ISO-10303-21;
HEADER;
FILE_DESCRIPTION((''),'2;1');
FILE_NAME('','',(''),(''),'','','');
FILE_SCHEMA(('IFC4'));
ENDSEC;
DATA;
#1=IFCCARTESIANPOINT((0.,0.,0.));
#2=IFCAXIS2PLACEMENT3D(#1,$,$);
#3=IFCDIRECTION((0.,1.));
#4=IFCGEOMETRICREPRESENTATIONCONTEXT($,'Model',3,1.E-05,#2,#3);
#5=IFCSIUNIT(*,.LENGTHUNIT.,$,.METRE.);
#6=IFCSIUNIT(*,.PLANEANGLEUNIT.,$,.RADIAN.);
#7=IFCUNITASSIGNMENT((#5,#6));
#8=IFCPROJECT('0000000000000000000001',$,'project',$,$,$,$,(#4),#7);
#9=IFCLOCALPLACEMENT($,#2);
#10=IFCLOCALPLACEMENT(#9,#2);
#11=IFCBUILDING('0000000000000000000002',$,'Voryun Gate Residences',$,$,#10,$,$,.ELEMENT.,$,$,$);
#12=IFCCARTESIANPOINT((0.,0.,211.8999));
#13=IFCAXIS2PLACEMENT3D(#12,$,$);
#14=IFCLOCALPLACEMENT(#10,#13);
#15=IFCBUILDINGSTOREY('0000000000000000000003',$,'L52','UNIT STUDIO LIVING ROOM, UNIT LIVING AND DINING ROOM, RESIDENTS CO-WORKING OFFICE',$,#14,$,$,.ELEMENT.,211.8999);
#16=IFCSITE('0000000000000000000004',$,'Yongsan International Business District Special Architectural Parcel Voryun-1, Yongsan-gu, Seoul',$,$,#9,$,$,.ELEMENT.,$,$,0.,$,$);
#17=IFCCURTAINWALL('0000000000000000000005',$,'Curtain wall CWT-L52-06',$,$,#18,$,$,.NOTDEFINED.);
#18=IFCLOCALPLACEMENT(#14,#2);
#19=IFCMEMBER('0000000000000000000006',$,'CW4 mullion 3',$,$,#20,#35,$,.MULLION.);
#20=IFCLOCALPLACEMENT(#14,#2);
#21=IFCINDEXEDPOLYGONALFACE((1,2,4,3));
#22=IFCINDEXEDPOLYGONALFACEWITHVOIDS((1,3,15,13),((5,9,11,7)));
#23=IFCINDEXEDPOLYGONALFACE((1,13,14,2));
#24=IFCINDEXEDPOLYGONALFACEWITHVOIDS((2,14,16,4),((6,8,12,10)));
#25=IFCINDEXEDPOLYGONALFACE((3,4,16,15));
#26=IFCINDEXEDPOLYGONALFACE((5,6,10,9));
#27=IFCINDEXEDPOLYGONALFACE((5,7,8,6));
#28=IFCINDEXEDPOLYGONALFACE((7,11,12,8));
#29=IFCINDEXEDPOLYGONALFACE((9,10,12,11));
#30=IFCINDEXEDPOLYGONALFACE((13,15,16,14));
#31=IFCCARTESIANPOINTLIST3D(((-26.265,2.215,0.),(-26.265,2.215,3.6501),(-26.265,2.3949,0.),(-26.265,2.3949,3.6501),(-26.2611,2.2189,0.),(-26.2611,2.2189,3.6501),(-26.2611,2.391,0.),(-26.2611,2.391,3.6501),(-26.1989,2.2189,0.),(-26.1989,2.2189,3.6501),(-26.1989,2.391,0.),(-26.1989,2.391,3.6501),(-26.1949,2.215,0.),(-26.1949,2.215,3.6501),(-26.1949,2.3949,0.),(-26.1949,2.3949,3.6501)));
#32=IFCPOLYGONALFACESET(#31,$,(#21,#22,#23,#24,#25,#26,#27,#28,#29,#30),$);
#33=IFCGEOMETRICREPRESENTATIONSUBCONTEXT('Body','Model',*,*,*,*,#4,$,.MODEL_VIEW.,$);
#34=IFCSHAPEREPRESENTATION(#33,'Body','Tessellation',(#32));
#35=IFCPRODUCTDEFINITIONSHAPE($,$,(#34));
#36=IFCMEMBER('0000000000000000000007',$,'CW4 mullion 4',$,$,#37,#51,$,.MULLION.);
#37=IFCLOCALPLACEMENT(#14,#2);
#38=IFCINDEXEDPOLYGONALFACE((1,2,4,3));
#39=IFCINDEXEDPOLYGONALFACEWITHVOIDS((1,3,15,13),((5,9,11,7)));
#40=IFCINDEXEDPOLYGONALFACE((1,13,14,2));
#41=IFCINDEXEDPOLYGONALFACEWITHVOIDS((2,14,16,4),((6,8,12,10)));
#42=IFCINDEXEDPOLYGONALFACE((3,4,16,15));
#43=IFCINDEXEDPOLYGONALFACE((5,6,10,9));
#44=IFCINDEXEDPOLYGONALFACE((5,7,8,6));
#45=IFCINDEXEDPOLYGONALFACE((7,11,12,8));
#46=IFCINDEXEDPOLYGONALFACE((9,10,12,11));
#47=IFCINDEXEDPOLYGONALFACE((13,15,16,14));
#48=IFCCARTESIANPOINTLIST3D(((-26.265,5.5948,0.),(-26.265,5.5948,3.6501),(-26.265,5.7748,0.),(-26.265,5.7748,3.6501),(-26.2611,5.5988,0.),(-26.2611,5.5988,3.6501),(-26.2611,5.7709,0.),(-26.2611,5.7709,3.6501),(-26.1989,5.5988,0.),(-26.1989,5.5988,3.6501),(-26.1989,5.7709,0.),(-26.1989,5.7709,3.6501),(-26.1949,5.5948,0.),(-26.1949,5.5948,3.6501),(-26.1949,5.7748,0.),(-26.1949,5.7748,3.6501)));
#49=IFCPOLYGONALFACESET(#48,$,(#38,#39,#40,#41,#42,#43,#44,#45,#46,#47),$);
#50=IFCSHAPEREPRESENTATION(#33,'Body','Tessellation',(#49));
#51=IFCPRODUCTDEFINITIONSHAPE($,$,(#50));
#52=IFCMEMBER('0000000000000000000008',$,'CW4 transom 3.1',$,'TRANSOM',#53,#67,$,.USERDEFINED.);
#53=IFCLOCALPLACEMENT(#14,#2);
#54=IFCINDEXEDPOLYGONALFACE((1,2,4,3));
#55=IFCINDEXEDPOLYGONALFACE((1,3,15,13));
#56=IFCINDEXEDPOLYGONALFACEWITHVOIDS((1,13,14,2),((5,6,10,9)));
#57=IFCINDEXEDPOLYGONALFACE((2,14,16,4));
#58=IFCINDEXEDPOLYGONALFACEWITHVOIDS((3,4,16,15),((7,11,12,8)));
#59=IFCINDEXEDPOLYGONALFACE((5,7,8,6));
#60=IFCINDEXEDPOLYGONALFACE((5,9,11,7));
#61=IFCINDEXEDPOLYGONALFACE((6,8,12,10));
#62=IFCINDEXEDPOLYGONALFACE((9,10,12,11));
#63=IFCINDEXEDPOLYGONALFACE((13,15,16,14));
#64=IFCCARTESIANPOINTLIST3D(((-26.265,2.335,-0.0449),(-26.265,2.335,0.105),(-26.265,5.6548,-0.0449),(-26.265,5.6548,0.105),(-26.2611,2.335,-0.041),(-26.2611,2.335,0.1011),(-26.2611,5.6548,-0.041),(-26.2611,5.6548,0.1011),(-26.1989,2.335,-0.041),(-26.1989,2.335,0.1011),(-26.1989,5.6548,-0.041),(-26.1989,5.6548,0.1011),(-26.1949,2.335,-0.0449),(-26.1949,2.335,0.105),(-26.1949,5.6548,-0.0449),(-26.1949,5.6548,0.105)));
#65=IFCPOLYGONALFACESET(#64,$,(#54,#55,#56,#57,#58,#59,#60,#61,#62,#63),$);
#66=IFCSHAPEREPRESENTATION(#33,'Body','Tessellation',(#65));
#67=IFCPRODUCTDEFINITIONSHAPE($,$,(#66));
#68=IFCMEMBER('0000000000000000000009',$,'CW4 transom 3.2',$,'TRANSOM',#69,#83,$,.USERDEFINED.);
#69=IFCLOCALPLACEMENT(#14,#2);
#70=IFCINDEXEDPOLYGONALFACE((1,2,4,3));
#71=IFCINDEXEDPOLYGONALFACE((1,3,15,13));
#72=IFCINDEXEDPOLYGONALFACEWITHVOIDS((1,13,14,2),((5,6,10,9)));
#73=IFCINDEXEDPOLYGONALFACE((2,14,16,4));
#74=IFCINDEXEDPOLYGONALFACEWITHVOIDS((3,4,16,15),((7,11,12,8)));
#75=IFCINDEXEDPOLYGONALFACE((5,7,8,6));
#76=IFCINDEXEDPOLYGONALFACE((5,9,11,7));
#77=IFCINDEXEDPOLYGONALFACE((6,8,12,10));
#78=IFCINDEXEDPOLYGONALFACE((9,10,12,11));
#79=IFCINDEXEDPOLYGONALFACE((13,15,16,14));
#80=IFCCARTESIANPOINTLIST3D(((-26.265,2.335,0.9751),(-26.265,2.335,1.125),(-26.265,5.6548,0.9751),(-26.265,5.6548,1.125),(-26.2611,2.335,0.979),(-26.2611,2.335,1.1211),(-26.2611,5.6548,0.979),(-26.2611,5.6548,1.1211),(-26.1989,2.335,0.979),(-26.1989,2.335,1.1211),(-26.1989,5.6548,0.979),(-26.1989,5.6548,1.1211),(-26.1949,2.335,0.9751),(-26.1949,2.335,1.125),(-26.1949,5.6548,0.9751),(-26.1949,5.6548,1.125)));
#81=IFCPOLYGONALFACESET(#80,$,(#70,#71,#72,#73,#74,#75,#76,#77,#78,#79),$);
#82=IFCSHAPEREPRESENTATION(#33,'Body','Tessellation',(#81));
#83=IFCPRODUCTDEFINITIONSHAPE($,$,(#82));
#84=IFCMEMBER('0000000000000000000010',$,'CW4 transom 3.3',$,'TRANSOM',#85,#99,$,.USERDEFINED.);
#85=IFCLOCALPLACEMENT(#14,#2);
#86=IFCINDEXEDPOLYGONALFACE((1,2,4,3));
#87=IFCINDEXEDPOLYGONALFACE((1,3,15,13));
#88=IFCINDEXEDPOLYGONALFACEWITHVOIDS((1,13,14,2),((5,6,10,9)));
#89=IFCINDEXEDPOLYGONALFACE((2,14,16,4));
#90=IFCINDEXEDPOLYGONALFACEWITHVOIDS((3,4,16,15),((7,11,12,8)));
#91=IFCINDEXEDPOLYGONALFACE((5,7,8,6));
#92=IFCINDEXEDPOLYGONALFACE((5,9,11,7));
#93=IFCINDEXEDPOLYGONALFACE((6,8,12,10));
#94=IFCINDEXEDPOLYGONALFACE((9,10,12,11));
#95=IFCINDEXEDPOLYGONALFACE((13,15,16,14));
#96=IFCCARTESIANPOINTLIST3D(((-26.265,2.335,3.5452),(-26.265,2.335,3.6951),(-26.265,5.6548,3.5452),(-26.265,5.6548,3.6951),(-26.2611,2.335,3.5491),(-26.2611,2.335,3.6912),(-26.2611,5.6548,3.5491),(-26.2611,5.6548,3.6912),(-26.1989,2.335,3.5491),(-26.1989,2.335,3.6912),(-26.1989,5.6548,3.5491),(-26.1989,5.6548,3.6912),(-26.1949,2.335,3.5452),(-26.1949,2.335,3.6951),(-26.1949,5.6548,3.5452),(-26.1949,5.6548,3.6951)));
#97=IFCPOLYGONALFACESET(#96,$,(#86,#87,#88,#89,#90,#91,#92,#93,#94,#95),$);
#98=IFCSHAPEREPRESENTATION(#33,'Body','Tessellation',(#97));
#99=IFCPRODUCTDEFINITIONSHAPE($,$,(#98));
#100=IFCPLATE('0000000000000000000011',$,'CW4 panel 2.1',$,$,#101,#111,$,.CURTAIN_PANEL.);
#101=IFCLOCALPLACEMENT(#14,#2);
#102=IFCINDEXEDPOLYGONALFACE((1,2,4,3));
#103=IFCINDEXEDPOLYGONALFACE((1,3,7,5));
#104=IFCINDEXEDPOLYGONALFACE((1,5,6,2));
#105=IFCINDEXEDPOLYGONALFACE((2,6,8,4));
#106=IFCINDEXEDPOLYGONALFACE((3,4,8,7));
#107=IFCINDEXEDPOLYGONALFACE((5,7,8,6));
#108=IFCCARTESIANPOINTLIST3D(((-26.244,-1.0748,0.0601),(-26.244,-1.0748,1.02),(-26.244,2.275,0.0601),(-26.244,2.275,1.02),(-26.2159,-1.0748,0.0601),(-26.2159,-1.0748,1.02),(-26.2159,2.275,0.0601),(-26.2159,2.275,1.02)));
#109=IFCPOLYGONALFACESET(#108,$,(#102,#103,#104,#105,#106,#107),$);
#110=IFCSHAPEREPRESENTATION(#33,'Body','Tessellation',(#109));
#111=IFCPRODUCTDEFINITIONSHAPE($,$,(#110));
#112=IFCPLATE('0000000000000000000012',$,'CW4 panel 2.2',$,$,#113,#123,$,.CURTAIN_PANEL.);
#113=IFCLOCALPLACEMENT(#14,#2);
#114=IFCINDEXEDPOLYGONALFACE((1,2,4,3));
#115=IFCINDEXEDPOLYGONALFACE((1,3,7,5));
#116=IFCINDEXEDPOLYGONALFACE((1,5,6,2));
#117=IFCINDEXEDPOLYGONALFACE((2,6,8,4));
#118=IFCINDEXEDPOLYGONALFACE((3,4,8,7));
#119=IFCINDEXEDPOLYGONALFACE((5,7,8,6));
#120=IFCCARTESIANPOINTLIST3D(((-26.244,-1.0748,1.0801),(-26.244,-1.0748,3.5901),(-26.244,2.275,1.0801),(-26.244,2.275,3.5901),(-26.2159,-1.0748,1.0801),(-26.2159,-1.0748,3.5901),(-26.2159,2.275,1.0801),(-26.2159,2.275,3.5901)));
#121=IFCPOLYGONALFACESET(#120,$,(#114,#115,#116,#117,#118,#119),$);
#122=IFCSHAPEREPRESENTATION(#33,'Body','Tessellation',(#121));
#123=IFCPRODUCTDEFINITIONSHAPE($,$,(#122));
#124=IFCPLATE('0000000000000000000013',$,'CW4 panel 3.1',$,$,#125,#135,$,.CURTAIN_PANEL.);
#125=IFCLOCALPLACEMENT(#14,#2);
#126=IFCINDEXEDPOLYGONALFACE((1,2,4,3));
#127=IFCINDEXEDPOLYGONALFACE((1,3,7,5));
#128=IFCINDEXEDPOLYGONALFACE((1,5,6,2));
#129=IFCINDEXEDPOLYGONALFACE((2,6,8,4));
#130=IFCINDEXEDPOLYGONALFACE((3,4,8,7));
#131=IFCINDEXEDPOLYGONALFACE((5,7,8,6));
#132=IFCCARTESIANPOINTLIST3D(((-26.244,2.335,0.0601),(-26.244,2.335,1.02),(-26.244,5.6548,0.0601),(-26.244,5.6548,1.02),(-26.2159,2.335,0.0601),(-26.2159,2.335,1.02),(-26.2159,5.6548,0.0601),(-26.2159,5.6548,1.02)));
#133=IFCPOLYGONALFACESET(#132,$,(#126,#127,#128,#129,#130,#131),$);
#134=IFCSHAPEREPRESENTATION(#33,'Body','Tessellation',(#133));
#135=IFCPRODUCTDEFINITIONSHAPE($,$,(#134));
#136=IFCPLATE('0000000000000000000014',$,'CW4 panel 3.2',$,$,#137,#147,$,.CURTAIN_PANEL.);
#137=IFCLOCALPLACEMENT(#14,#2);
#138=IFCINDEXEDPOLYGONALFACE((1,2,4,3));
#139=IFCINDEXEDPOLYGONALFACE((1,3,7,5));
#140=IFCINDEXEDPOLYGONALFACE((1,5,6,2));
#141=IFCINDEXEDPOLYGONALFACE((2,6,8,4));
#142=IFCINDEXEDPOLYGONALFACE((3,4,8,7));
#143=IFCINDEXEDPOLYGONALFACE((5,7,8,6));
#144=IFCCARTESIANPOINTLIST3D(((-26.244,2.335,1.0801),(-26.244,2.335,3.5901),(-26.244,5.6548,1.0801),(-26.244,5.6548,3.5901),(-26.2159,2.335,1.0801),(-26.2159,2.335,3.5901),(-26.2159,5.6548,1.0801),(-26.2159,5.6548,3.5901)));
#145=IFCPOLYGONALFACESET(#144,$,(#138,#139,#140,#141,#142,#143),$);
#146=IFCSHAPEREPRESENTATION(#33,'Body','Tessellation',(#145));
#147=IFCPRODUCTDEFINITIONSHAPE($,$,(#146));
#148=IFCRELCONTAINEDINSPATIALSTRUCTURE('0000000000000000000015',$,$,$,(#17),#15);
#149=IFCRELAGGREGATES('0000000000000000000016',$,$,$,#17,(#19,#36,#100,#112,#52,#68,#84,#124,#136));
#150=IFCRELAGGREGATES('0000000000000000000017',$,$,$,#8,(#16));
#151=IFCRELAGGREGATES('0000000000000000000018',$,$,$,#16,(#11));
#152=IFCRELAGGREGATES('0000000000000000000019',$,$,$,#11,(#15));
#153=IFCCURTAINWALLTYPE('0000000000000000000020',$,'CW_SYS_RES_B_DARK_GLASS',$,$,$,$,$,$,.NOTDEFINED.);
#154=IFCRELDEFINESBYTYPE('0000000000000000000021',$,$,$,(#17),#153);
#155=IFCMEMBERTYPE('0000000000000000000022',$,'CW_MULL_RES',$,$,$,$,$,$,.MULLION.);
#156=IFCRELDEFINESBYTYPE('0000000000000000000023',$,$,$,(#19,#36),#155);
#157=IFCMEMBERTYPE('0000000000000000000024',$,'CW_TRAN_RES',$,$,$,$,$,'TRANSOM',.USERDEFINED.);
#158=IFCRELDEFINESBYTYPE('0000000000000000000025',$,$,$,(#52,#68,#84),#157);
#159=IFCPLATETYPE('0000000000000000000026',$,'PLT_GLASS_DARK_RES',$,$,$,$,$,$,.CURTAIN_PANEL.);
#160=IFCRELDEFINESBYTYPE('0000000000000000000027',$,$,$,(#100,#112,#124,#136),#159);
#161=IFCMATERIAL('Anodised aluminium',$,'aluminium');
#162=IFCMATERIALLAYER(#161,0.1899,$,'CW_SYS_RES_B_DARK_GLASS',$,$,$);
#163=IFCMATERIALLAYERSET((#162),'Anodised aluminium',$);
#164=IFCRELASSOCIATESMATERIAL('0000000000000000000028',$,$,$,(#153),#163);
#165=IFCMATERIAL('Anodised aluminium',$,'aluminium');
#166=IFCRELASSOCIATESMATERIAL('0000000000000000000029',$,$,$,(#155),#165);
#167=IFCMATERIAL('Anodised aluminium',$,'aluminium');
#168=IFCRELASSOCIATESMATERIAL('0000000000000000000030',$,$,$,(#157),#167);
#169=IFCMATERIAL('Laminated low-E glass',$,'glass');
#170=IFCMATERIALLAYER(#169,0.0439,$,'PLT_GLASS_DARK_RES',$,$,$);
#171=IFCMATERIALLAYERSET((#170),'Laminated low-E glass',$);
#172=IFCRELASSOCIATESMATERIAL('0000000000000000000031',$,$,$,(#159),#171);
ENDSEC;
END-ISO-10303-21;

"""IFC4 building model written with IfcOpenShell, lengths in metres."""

from ifc_helpers import new_model, si_unit, direction, frame, origin, origin_2d, place, context, subcontext, project, spatial, rectangle, hollow_rectangle, extrude, material, layer, layer_set, material_profile, profile_set, type_object, element, aggregate, save


model = new_model("IFC4")

# Units and contexts
model_context = context("Model", 3, precision=1e-05, world=origin(), true_north=direction((0.0, 1.0)))
body_context = subcontext(model_context, "Body", "Model", "MODEL_VIEW")
ifc_project = project(units=[si_unit("LENGTHUNIT", "METRE"), si_unit("PLANEANGLEUNIT", "RADIAN")], contexts=[model_context])

# Site, building, storey
site_placement = place(None, origin())
site = spatial("IfcSite", under=ifc_project, at=site_placement, Name="Yongsan International Business District Special Architectural Parcel Voryun-1, Yongsan-gu, Seoul", CompositionType="ELEMENT", RefElevation=0.0)
building_placement = place(site_placement, origin())
building = spatial("IfcBuilding", under=site, at=building_placement, Name="Voryun Gate Residences", CompositionType="ELEMENT")
storey_placement = place(building_placement, frame((0.0, 0.0, 211.8999)))
storey = spatial("IfcBuildingStorey", under=building, at=storey_placement, Name="L52", Description="UNIT STUDIO LIVING ROOM, UNIT LIVING AND DINING ROOM, RESIDENTS CO-WORKING OFFICE", CompositionType="ELEMENT", Elevation=211.8999)

# Curtain wall, members, plates
ifc_material_1 = material(Name="Anodised aluminium", Category="aluminium")
ifc_layer_1 = layer(ifc_material_1, 0.1899, Name="CW_SYS_RES_B_DARK_GLASS")
ifc_layer_set_1 = layer_set([ifc_layer_1], Name="Anodised aluminium")
curtain_wall_type = type_object("IfcCurtainWallType", Name="CW_SYS_RES_B_DARK_GLASS", PredefinedType="NOTDEFINED", material=ifc_layer_set_1)
curtain_wall_placement = place(storey_placement, origin())
curtain_wall = element("IfcCurtainWall", 1, at=curtain_wall_placement, inside=storey, type_object=curtain_wall_type, Name="Curtain wall CWT-L52-06", PredefinedType="NOTDEFINED")
ifc_material_2 = material(Name="Anodised aluminium", Category="aluminium")
ifc_material_profile_1 = material_profile(ifc_material_2, hollow_rectangle(XDim=0.0701, YDim=0.1799, WallThickness=0.0039, at=origin_2d()), Name="ALU-MULL-180x70x4")
ifc_profile_set_1 = profile_set([ifc_material_profile_1], Name="Anodised aluminium")
member_type_1 = type_object("IfcMemberType", Name="CW_MULL_RES", PredefinedType="MULLION", material=ifc_profile_set_1)
member_1_placement = place(storey_placement, frame((-26.23, 2.3049, 0.0), z_axis=(0.0, 0.0, 1.0), x_axis=(-1.0, 0.0, 0.0)))
member_1 = element("IfcMember", 2, at=member_1_placement, type_object=member_type_1, Name="CW4 mullion 3", PredefinedType="MULLION", context=body_context, shape_type="SweptSolid", body=[
    extrude(hollow_rectangle(XDim=0.0701, YDim=0.1799, WallThickness=0.0039, at=origin_2d()), origin(), (0.0, 0.0, 1.0), 3.6501),
])
member_2_placement = place(storey_placement, frame((-26.23, 5.6848, 0.0), z_axis=(0.0, 0.0, 1.0), x_axis=(-1.0, 0.0, 0.0)))
member_2 = element("IfcMember", 3, at=member_2_placement, type_object=member_type_1, Name="CW4 mullion 4", PredefinedType="MULLION", context=body_context, shape_type="SweptSolid", body=[
    extrude(hollow_rectangle(XDim=0.0701, YDim=0.1799, WallThickness=0.0039, at=origin_2d()), origin(), (0.0, 0.0, 1.0), 3.6501),
])
ifc_material_3 = material(Name="Anodised aluminium", Category="aluminium")
ifc_material_profile_2 = material_profile(ifc_material_3, hollow_rectangle(XDim=0.0701, YDim=0.1499, WallThickness=0.0039, at=origin_2d()), Name="ALU-TRAN-150x70x4")
ifc_profile_set_2 = profile_set([ifc_material_profile_2], Name="Anodised aluminium")
member_type_2 = type_object("IfcMemberType", Name="CW_TRAN_RES", ElementType="TRANSOM", PredefinedType="USERDEFINED", material=ifc_profile_set_2)
member_3_placement = place(storey_placement, frame((-26.23, 2.335, 0.03), z_axis=(0.0, 1.0, 0.0), x_axis=(-1.0, 0.0, 0.0)))
member_3 = element("IfcMember", 4, at=member_3_placement, type_object=member_type_2, Name="CW4 transom 3.1", ObjectType="TRANSOM", PredefinedType="USERDEFINED", context=body_context, shape_type="SweptSolid", body=[
    extrude(hollow_rectangle(XDim=0.0701, YDim=0.1499, WallThickness=0.0039, at=origin_2d()), origin(), (0.0, 0.0, 1.0), 3.3198),
])
member_4_placement = place(storey_placement, frame((-26.23, 2.335, 1.05), z_axis=(0.0, 1.0, 0.0), x_axis=(-1.0, 0.0, 0.0)))
member_4 = element("IfcMember", 5, at=member_4_placement, type_object=member_type_2, Name="CW4 transom 3.2", ObjectType="TRANSOM", PredefinedType="USERDEFINED", context=body_context, shape_type="SweptSolid", body=[
    extrude(hollow_rectangle(XDim=0.0701, YDim=0.1499, WallThickness=0.0039, at=origin_2d()), origin(), (0.0, 0.0, 1.0), 3.3198),
])
member_5_placement = place(storey_placement, frame((-26.23, 2.335, 3.6201), z_axis=(0.0, 1.0, 0.0), x_axis=(-1.0, 0.0, 0.0)))
member_5 = element("IfcMember", 6, at=member_5_placement, type_object=member_type_2, Name="CW4 transom 3.3", ObjectType="TRANSOM", PredefinedType="USERDEFINED", context=body_context, shape_type="SweptSolid", body=[
    extrude(hollow_rectangle(XDim=0.0701, YDim=0.1499, WallThickness=0.0039, at=origin_2d()), origin(), (0.0, 0.0, 1.0), 3.3198),
])
ifc_material_4 = material(Name="Laminated low-E glass", Category="glass")
ifc_layer_2 = layer(ifc_material_4, 0.0439, Name="PLT_GLASS_DARK_RES")
ifc_layer_set_2 = layer_set([ifc_layer_2], Name="Laminated low-E glass")
plate_type = type_object("IfcPlateType", Name="PLT_GLASS_DARK_RES", PredefinedType="CURTAIN_PANEL", material=ifc_layer_set_2)
plate_1_placement = place(storey_placement, frame((-26.23, 0.6001, 0.0601), z_axis=(0.0, 0.0, 1.0), x_axis=(0.0, 1.0, 0.0)))
plate_1 = element("IfcPlate", 7, at=plate_1_placement, type_object=plate_type, Name="CW4 panel 2.1", PredefinedType="CURTAIN_PANEL", context=body_context, shape_type="SweptSolid", body=[
    extrude(rectangle(XDim=3.3499, YDim=0.0281, at=origin_2d()), origin(), (0.0, 0.0, 1.0), 0.96),
])
plate_2_placement = place(storey_placement, frame((-26.23, 0.6001, 1.0801), z_axis=(0.0, 0.0, 1.0), x_axis=(0.0, 1.0, 0.0)))
plate_2 = element("IfcPlate", 8, at=plate_2_placement, type_object=plate_type, Name="CW4 panel 2.2", PredefinedType="CURTAIN_PANEL", context=body_context, shape_type="SweptSolid", body=[
    extrude(rectangle(XDim=3.3499, YDim=0.0281, at=origin_2d()), origin(), (0.0, 0.0, 1.0), 2.51),
])
plate_3_placement = place(storey_placement, frame((-26.23, 3.9949, 0.0601), z_axis=(0.0, 0.0, 1.0), x_axis=(0.0, 1.0, 0.0)))
plate_3 = element("IfcPlate", 9, at=plate_3_placement, type_object=plate_type, Name="CW4 panel 3.1", PredefinedType="CURTAIN_PANEL", context=body_context, shape_type="SweptSolid", body=[
    extrude(rectangle(XDim=3.3198, YDim=0.0281, at=origin_2d()), origin(), (0.0, 0.0, 1.0), 0.96),
])
plate_4_placement = place(storey_placement, frame((-26.23, 3.9949, 1.0801), z_axis=(0.0, 0.0, 1.0), x_axis=(0.0, 1.0, 0.0)))
plate_4 = element("IfcPlate", 10, at=plate_4_placement, type_object=plate_type, Name="CW4 panel 3.2", PredefinedType="CURTAIN_PANEL", context=body_context, shape_type="SweptSolid", body=[
    extrude(rectangle(XDim=3.3198, YDim=0.0281, at=origin_2d()), origin(), (0.0, 0.0, 1.0), 2.51),
])
aggregate(curtain_wall, [member_1, member_2, plate_1, plate_2, member_3, member_4, member_5, plate_3, plate_4])

save(model, "model.ifc")
